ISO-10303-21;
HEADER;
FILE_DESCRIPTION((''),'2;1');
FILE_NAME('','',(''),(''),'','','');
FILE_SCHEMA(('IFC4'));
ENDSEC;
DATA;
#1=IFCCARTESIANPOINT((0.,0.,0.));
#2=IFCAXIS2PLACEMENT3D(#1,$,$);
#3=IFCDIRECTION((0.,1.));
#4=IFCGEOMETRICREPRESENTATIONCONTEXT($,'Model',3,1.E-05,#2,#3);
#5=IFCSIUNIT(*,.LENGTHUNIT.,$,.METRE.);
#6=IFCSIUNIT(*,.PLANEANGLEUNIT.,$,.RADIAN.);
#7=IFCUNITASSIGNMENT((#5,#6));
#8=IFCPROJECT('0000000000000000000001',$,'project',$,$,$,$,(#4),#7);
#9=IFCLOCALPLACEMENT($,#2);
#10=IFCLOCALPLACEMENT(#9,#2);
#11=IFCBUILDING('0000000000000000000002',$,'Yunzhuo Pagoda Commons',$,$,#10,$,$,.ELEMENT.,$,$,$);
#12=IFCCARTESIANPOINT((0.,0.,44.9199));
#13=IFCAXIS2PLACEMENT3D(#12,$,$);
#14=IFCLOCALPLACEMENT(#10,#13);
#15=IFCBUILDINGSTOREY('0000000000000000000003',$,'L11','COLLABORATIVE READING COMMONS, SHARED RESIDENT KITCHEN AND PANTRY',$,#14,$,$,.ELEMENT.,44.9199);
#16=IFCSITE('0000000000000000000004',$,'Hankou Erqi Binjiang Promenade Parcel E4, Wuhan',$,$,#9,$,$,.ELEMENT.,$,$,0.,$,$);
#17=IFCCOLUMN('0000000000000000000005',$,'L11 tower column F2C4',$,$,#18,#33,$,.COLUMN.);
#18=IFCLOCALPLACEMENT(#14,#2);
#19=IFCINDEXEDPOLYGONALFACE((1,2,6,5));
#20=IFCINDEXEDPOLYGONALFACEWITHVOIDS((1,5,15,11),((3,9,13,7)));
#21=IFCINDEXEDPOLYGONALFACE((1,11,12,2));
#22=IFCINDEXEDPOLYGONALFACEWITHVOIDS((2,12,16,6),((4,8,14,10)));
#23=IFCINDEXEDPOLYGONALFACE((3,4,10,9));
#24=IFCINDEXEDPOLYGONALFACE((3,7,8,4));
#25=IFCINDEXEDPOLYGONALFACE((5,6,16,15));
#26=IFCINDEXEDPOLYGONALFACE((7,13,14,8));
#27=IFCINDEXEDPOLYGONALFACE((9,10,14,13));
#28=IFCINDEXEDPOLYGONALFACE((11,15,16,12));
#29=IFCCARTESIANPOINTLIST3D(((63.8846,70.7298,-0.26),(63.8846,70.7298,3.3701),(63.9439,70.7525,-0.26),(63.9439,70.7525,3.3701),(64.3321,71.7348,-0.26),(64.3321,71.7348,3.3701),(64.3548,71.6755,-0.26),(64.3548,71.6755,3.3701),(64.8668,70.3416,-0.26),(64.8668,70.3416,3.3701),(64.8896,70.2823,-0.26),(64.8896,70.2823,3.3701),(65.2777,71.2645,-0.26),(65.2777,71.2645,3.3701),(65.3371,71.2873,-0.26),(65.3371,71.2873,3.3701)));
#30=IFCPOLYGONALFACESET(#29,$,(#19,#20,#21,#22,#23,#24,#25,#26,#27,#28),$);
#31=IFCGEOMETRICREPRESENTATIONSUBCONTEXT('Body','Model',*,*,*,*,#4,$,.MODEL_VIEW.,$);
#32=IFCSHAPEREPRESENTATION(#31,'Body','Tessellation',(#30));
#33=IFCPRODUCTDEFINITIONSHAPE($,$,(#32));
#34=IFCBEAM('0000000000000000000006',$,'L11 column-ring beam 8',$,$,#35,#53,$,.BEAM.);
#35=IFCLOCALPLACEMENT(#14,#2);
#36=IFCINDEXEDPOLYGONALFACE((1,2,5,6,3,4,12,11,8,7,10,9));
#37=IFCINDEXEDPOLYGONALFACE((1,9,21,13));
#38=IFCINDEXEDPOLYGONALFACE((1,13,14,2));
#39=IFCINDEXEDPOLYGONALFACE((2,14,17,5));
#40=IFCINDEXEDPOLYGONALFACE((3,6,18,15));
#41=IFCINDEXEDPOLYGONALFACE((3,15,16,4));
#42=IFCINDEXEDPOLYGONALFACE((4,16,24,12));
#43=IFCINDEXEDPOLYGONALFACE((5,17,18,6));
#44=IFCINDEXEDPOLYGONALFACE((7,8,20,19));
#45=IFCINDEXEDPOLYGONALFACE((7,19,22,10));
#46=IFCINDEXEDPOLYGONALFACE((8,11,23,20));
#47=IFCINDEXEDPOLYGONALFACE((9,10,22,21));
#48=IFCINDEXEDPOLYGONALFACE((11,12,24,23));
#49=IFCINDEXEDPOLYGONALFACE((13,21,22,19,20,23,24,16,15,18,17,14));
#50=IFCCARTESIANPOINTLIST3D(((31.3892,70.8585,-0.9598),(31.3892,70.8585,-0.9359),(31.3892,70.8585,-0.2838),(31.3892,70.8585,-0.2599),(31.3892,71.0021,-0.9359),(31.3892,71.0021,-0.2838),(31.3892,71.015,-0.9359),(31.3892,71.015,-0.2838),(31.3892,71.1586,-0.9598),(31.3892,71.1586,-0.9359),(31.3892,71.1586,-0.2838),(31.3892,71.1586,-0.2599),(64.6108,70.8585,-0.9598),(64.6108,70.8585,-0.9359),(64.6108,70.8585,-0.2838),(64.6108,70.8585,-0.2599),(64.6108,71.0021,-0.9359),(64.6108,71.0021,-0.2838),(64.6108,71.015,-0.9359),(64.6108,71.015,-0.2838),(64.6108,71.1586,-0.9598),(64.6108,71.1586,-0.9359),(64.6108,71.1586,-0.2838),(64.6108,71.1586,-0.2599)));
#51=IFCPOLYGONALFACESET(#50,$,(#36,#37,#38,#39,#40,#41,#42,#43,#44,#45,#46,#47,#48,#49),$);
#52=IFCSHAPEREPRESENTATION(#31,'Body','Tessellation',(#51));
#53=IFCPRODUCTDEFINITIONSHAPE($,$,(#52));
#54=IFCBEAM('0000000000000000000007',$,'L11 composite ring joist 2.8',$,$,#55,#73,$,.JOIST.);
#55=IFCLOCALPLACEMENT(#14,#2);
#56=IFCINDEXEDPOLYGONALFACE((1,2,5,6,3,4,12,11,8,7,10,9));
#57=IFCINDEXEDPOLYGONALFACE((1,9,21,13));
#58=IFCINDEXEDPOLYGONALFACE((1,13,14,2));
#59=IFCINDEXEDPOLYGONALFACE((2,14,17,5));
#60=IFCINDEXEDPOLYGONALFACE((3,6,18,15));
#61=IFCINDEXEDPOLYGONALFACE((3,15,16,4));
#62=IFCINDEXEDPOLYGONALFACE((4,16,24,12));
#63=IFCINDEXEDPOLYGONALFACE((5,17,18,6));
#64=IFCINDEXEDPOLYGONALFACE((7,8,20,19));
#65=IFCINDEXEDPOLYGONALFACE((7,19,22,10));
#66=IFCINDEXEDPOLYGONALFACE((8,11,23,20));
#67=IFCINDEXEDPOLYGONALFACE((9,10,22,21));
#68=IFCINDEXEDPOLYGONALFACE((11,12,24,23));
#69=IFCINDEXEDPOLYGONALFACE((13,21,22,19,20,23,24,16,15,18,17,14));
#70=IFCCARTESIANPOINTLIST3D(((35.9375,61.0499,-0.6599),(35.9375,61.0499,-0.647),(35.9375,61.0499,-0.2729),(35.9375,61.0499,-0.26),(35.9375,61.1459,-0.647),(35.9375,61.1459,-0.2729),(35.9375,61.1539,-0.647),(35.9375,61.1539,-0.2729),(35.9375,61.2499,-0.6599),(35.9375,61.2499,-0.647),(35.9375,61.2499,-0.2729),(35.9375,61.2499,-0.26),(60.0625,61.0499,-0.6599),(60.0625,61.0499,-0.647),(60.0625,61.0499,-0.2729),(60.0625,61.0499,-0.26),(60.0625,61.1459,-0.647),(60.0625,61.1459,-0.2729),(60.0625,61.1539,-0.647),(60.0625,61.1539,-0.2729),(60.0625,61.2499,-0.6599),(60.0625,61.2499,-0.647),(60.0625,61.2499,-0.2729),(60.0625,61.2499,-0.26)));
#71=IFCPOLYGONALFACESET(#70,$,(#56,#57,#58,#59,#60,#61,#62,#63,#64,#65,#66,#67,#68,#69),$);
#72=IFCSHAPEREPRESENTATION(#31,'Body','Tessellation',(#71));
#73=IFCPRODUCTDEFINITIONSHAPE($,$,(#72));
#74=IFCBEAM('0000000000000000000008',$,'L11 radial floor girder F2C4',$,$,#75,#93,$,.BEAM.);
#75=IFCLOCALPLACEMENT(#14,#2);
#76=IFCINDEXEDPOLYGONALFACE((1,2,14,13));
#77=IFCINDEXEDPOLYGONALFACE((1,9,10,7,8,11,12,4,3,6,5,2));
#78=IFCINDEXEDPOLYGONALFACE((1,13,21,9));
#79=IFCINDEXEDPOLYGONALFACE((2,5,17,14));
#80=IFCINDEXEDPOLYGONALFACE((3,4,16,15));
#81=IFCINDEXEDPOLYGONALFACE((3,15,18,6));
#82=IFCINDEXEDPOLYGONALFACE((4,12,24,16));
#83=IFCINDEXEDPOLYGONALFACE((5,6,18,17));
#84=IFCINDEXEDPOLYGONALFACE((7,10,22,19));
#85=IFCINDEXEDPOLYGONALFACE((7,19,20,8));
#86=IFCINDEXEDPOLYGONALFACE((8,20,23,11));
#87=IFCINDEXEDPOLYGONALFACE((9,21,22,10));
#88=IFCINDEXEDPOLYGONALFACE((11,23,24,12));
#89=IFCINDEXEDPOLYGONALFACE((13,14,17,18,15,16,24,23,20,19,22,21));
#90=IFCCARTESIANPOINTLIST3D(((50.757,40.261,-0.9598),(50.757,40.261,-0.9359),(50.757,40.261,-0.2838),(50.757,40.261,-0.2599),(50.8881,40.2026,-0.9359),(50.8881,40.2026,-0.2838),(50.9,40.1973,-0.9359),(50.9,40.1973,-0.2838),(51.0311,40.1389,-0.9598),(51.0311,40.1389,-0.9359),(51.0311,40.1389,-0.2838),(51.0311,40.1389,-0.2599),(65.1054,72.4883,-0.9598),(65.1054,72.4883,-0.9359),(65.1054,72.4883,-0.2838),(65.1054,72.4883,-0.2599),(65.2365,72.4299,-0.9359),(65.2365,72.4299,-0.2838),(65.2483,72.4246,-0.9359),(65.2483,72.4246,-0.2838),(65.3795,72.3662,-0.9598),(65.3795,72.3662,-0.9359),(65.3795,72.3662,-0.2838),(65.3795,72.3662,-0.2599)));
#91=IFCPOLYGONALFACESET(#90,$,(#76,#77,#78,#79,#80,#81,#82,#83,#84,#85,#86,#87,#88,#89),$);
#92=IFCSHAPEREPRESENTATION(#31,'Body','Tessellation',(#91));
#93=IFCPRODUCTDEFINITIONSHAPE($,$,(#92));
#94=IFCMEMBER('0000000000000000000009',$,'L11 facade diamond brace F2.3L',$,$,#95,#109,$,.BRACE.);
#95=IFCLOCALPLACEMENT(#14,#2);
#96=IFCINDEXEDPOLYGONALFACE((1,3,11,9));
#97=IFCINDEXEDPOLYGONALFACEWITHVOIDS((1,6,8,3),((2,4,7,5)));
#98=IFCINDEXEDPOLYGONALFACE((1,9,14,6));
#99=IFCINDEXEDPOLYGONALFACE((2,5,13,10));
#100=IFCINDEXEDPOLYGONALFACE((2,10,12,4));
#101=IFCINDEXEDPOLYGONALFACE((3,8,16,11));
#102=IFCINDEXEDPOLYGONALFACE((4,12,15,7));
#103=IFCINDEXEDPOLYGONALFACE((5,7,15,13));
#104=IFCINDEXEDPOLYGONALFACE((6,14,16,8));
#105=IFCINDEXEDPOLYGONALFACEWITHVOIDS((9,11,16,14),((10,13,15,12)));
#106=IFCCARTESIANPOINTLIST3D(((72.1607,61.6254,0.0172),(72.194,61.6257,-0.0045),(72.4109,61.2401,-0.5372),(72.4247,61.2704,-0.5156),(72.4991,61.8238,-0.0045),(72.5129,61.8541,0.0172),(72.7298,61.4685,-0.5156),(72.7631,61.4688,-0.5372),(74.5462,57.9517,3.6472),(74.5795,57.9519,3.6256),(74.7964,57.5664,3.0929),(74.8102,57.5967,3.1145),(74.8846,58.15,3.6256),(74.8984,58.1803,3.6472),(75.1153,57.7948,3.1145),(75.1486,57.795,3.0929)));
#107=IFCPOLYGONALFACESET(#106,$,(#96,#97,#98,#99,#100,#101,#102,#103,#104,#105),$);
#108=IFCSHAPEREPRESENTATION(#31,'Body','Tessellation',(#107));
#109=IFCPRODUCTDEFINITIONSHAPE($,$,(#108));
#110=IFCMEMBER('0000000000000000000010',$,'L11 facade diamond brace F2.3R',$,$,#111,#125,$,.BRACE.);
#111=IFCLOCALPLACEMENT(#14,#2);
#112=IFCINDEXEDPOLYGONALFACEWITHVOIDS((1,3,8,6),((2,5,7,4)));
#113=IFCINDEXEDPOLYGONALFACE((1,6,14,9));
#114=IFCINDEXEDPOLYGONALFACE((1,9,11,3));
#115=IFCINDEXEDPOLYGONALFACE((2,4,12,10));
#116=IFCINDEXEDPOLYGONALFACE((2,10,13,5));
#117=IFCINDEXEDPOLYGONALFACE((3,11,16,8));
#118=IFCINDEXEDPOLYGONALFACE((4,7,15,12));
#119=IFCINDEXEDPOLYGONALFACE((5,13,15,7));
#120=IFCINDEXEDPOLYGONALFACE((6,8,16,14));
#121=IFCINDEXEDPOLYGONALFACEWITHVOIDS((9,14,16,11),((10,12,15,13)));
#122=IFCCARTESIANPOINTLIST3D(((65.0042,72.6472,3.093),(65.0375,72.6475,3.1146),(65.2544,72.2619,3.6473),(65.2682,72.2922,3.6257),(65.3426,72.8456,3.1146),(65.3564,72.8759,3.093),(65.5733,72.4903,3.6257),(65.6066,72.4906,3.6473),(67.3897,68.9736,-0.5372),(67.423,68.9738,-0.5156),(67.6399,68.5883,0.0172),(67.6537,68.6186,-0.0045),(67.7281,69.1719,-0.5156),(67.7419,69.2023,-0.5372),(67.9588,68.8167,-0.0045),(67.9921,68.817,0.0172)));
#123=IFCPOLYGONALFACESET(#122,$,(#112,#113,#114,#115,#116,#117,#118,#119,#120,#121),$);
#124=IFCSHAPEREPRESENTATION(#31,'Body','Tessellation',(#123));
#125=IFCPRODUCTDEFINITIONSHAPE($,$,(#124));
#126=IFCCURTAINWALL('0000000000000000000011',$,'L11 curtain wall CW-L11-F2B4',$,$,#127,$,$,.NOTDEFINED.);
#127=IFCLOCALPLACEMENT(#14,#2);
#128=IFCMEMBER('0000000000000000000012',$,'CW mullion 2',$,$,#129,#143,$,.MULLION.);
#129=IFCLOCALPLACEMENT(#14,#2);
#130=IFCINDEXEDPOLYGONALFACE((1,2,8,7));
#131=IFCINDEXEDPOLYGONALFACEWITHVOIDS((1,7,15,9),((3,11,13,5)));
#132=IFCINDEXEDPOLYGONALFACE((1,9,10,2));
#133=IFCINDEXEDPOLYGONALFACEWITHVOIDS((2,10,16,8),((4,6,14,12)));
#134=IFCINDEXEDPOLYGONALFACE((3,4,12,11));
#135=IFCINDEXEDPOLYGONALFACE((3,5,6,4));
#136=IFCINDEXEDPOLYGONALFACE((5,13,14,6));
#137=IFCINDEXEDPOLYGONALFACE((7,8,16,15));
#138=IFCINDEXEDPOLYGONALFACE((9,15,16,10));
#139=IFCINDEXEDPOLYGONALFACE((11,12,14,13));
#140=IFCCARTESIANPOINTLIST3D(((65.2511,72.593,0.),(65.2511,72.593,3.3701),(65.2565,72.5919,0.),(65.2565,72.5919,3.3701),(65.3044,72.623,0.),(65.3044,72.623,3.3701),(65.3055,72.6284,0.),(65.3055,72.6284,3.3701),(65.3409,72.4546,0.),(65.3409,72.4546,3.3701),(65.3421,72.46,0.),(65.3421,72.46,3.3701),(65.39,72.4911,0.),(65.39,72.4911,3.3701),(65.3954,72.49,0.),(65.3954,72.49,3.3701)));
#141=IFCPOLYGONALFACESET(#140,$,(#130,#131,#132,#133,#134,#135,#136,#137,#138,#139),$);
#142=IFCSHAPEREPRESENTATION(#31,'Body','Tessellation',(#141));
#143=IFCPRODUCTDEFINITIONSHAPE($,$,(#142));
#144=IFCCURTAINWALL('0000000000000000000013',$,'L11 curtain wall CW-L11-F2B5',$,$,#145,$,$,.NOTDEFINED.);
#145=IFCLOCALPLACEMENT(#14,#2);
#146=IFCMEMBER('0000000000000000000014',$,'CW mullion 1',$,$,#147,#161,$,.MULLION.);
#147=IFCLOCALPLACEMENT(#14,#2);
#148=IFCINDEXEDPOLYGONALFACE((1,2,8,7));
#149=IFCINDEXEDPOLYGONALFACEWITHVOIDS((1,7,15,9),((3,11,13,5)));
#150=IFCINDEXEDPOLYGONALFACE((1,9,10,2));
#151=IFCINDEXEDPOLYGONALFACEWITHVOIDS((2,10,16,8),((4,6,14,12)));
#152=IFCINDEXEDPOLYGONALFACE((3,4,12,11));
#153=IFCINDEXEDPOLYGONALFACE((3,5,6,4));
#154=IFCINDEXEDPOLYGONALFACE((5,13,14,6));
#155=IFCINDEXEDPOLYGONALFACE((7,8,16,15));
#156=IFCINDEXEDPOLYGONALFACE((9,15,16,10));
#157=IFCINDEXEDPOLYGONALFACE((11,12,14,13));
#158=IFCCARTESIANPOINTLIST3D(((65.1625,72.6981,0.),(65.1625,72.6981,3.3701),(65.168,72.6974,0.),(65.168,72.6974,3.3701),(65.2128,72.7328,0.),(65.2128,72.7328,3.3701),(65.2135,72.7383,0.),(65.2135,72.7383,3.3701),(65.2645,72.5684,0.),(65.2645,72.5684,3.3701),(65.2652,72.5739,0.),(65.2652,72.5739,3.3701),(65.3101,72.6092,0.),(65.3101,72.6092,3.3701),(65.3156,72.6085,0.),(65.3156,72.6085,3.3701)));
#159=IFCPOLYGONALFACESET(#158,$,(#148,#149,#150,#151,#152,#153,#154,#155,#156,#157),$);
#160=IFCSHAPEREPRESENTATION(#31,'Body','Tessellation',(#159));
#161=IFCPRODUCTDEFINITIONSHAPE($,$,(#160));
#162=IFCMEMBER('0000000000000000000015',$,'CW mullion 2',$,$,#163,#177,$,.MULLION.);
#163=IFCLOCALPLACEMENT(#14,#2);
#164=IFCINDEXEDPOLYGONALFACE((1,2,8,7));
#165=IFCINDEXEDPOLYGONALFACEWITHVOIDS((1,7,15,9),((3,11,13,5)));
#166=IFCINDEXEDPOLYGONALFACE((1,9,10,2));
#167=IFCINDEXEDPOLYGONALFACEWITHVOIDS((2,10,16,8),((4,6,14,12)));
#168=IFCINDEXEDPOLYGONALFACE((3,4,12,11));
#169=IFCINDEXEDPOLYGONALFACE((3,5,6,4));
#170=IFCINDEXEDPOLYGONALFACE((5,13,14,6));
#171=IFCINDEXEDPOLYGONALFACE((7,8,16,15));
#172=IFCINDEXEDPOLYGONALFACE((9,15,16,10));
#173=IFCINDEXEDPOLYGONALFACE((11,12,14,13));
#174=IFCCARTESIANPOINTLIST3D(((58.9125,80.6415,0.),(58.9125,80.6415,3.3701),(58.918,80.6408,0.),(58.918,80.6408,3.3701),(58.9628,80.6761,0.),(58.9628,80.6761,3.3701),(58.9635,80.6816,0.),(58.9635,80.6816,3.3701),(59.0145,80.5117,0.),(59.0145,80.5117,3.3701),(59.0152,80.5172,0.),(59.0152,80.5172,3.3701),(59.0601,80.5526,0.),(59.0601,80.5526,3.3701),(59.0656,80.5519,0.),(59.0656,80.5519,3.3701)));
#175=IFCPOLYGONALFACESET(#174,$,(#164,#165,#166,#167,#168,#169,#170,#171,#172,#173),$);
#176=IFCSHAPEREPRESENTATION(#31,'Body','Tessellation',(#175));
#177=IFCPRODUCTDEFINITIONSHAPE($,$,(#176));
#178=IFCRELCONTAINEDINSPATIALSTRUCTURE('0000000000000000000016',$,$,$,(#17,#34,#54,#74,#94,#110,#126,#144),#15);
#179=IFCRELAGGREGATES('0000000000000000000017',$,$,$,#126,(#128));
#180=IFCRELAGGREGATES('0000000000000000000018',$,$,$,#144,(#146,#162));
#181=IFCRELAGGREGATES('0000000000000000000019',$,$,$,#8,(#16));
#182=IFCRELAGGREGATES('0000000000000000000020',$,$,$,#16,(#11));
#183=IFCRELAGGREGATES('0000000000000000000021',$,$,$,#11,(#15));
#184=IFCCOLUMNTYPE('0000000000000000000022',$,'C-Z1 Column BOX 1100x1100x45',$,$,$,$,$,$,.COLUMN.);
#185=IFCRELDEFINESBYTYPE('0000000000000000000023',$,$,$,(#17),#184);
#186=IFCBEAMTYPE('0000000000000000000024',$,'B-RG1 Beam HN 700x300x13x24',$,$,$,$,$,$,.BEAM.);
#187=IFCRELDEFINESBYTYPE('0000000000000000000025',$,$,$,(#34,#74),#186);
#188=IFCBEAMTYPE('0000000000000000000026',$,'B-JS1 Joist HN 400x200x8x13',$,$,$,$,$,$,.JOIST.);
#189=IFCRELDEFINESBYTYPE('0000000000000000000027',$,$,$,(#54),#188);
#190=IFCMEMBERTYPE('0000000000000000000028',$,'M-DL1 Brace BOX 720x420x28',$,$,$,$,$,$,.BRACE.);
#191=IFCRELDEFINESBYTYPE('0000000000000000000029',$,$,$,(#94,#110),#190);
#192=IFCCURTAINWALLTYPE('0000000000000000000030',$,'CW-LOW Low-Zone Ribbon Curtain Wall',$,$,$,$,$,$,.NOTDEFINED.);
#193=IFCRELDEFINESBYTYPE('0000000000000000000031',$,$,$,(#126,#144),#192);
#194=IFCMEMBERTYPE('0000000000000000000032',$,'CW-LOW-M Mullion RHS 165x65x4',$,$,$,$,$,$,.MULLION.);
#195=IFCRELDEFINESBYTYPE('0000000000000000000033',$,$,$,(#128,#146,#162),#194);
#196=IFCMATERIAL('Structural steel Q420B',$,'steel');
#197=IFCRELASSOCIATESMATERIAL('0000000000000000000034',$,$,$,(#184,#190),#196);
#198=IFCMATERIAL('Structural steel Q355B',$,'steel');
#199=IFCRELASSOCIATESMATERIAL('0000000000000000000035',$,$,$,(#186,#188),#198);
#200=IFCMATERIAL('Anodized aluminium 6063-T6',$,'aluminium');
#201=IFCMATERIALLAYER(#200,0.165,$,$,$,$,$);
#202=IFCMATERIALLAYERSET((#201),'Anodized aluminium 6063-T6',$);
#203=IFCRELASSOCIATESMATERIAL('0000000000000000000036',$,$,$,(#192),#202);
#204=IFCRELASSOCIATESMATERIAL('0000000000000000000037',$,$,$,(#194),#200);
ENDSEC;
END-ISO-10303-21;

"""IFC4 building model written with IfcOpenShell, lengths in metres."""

from ifc_helpers import new_model, si_unit, direction, frame, origin, origin_2d, place, context, subcontext, project, spatial, hollow_rectangle, i_section, extrude, source, transform, mapped, material, layer, layer_set, material_profile, profile_set, type_object, element, aggregate, save


model = new_model("IFC4")

# Units and contexts
model_context = context("Model", 3, precision=1e-05, world=origin(), true_north=direction((0.0, 1.0)))
body_context = subcontext(model_context, "Body", "Model", "MODEL_VIEW")
ifc_project = project(units=[si_unit("LENGTHUNIT", "METRE"), si_unit("PLANEANGLEUNIT", "RADIAN")], contexts=[model_context])

# Site, building, storey
site_placement = place(None, origin())
site = spatial("IfcSite", under=ifc_project, at=site_placement, Name="Hankou Erqi Binjiang Promenade Parcel E4, Wuhan", CompositionType="ELEMENT", RefElevation=0.0)
building_placement = place(site_placement, origin())
building = spatial("IfcBuilding", under=site, at=building_placement, Name="Yunzhuo Pagoda Commons", CompositionType="ELEMENT")
storey_placement = place(building_placement, frame((0.0, 0.0, 44.9199)))
storey = spatial("IfcBuildingStorey", under=building, at=storey_placement, Name="L11", Description="COLLABORATIVE READING COMMONS, SHARED RESIDENT KITCHEN AND PANTRY", CompositionType="ELEMENT", Elevation=44.9199)

# Column
ifc_material_1 = material(Name="Structural steel Q420B", Category="steel")
ifc_material_profile_1 = material_profile(ifc_material_1, hollow_rectangle(XDim=1.1001, YDim=1.1001, WallThickness=0.0449, at=origin_2d()), Name="Structural steel Q420B")
ifc_profile_set_1 = profile_set([ifc_material_profile_1], Name="Structural steel Q420B")
column_type = type_object("IfcColumnType", Name="C-Z1 Column BOX 1100x1100x45", PredefinedType="COLUMN", material=ifc_profile_set_1)
shared_shape_1 = source(origin(), body_context, "Body", "SweptSolid", [
    extrude(hollow_rectangle(XDim=1.1001, YDim=1.1001, WallThickness=0.0449, at=origin_2d()), origin(), (0.0, 0.0, 1.0), 3.6301),
])
column_placement = place(storey_placement, frame((64.6108, 71.0085, -0.26), z_axis=(0.0, 0.0, 1.0), x_axis=(-0.913545, 0.406737, 0.0)))
element("IfcColumn", 1, at=column_placement, inside=storey, type_object=column_type, Name="L11 tower column F2C4", PredefinedType="COLUMN", context=body_context, shape_type="MappedRepresentation", body=[
    mapped(shared_shape_1, transform((0.0, 0.0, 0.0), scale=1.0)),
])

# Beams
ifc_material_2 = material(Name="Structural steel Q355B", Category="steel")
ifc_material_profile_2 = material_profile(ifc_material_2, i_section(OverallWidth=0.3, OverallDepth=0.7, WebThickness=0.0129, FlangeThickness=0.0239, at=origin_2d()), Name="Structural steel Q355B")
ifc_profile_set_2 = profile_set([ifc_material_profile_2], Name="Structural steel Q355B")
beam_type_1 = type_object("IfcBeamType", Name="B-RG1 Beam HN 700x300x13x24", PredefinedType="BEAM", material=ifc_profile_set_2)
shared_shape_2 = source(origin(), body_context, "Body", "SweptSolid", [
    extrude(i_section(OverallWidth=0.3, OverallDepth=0.7, WebThickness=0.0129, FlangeThickness=0.0239, at=origin_2d()), origin(), (0.0, 0.0, 1.0), 33.2217),
])
beam_1_placement = place(storey_placement, frame((64.6108, 71.0085, -0.6099), z_axis=(-1.0, 0.0, 0.0), x_axis=(0.0, -1.0, 0.0)))
element("IfcBeam", 2, at=beam_1_placement, inside=storey, type_object=beam_type_1, Name="L11 column-ring beam 8", PredefinedType="BEAM", context=body_context, shape_type="MappedRepresentation", body=[
    mapped(shared_shape_2, transform((0.0, 0.0, 0.0), scale=1.0)),
])
ifc_material_profile_3 = material_profile(ifc_material_2, i_section(OverallWidth=0.2, OverallDepth=0.3999, WebThickness=0.0081, FlangeThickness=0.0129, at=origin_2d()), Name="Structural steel Q355B")
ifc_profile_set_3 = profile_set([ifc_material_profile_3], Name="Structural steel Q355B")
beam_type_2 = type_object("IfcBeamType", Name="B-JS1 Joist HN 400x200x8x13", PredefinedType="JOIST", material=ifc_profile_set_3)
shared_shape_3 = source(origin(), body_context, "Body", "SweptSolid", [
    extrude(i_section(OverallWidth=0.2, OverallDepth=0.3999, WebThickness=0.0081, FlangeThickness=0.0129, at=origin_2d()), origin(), (0.0, 0.0, 1.0), 24.125),
])
beam_2_placement = place(storey_placement, frame((60.0625, 61.1499, -0.46), z_axis=(-1.0, 0.0, 0.0), x_axis=(0.0, -1.0, 0.0)))
element("IfcBeam", 3, at=beam_2_placement, inside=storey, type_object=beam_type_2, Name="L11 composite ring joist 2.8", PredefinedType="JOIST", context=body_context, shape_type="MappedRepresentation", body=[
    mapped(shared_shape_3, transform((0.0, 0.0, 0.0), scale=1.0)),
])
shared_shape_4 = source(origin(), body_context, "Body", "SweptSolid", [
    extrude(i_section(OverallWidth=0.3, OverallDepth=0.7, WebThickness=0.0129, FlangeThickness=0.0239, at=origin_2d()), origin(), (0.0, 0.0, 1.0), 35.2771),
])
beam_3_placement = place(storey_placement, frame((65.2424, 72.4272, -0.6099), z_axis=(-0.406734, -0.913547, 0.0), x_axis=(0.913547, -0.406734, 0.0)))
element("IfcBeam", 4, at=beam_3_placement, inside=storey, type_object=beam_type_1, Name="L11 radial floor girder F2C4", PredefinedType="BEAM", context=body_context, shape_type="MappedRepresentation", body=[
    mapped(shared_shape_4, transform((0.0, 0.0, 0.0), scale=1.0)),
])

# Members
ifc_material_profile_4 = material_profile(ifc_material_1, hollow_rectangle(XDim=0.4199, YDim=0.72, WallThickness=0.0281, at=origin_2d()), Name="Structural steel Q420B")
ifc_profile_set_4 = profile_set([ifc_material_profile_4], Name="Structural steel Q420B")
member_type_1 = type_object("IfcMemberType", Name="M-DL1 Brace BOX 720x420x28", PredefinedType="BRACE", material=ifc_profile_set_4)
shared_shape_5 = source(origin(), body_context, "Body", "SweptSolid", [
    extrude(hollow_rectangle(XDim=0.4199, YDim=0.72, WallThickness=0.0281, at=origin_2d()), origin(), (0.0, 0.0, 1.0), 5.689),
])
for number, where, z_axis, x_axis, name in (
    (5, (72.4619, 61.5471, -0.26), (0.419313, -0.64577, 0.638089), (0.838703, 0.544589, 0.0), "L11 facade diamond brace F2.3L"),
    (6, (67.6909, 68.8953, -0.26), (-0.419325, 0.645745, 0.638106), (-0.838687, -0.544614, 0.0), "L11 facade diamond brace F2.3R"),
):
    element("IfcMember", number, at=place(storey_placement, frame(where, z_axis=z_axis, x_axis=x_axis)), inside=storey, type_object=member_type_1, Name=name, PredefinedType="BRACE", context=body_context, shape_type="MappedRepresentation", body=[
        mapped(shared_shape_5, transform((0.0, 0.0, 0.0), scale=1.0)),
    ])

# Curtain wall, member
ifc_material_3 = material(Name="Anodized aluminium 6063-T6", Category="aluminium")
ifc_layer_1 = layer(ifc_material_3, 0.165)
ifc_layer_set_1 = layer_set([ifc_layer_1], Name="Anodized aluminium 6063-T6")
curtain_wall_type = type_object("IfcCurtainWallType", Name="CW-LOW Low-Zone Ribbon Curtain Wall", PredefinedType="NOTDEFINED", material=ifc_layer_set_1)
curtain_wall_1_placement = place(storey_placement, origin())
curtain_wall_1 = element("IfcCurtainWall", 7, at=curtain_wall_1_placement, inside=storey, type_object=curtain_wall_type, Name="L11 curtain wall CW-L11-F2B4", PredefinedType="NOTDEFINED")
ifc_material_profile_5 = material_profile(ifc_material_3, hollow_rectangle(XDim=0.0649, YDim=0.165, WallThickness=0.0039, at=origin_2d()), Name="Anodized aluminium 6063-T6")
ifc_profile_set_5 = profile_set([ifc_material_profile_5], Name="Anodized aluminium 6063-T6")
member_type_2 = type_object("IfcMemberType", Name="CW-LOW-M Mullion RHS 165x65x4", PredefinedType="MULLION", material=ifc_profile_set_5)
shared_shape_6 = source(origin(), body_context, "Body", "SweptSolid", [
    extrude(hollow_rectangle(XDim=0.0649, YDim=0.165, WallThickness=0.0039, at=origin_2d()), origin(), (0.0, 0.0, 1.0), 3.3701),
])
member_1_placement = place(storey_placement, frame((65.3232, 72.5415, 0.0), z_axis=(0.0, 0.0, 1.0), x_axis=(-0.83871, -0.544579, 0.0)))
member_1 = element("IfcMember", 8, at=member_1_placement, type_object=member_type_2, Name="CW mullion 2", PredefinedType="MULLION", context=body_context, shape_type="MappedRepresentation", body=[
    mapped(shared_shape_6, transform((0.0, 0.0, 0.0), scale=1.0)),
])

# Curtain wall, members
curtain_wall_2_placement = place(storey_placement, origin())
curtain_wall_2 = element("IfcCurtainWall", 9, at=curtain_wall_2_placement, inside=storey, type_object=curtain_wall_type, Name="L11 curtain wall CW-L11-F2B5", PredefinedType="NOTDEFINED")
member_2_placement = place(storey_placement, frame((65.239, 72.6533, 0.0), z_axis=(0.0, 0.0, 1.0), x_axis=(-0.785883, -0.618375, 0.0)))
member_2 = element("IfcMember", 10, at=member_2_placement, type_object=member_type_2, Name="CW mullion 1", PredefinedType="MULLION", context=body_context, shape_type="MappedRepresentation", body=[
    mapped(shared_shape_6, transform((0.0, 0.0, 0.0), scale=1.0)),
])
member_3_placement = place(storey_placement, frame((58.989, 80.5967, 0.0), z_axis=(0.0, 0.0, 1.0), x_axis=(-0.785883, -0.618375, 0.0)))
member_3 = element("IfcMember", 11, at=member_3_placement, type_object=member_type_2, Name="CW mullion 2", PredefinedType="MULLION", context=body_context, shape_type="MappedRepresentation", body=[
    mapped(shared_shape_6, transform((0.0, 0.0, 0.0), scale=1.0)),
])

aggregate(curtain_wall_1, [member_1])
aggregate(curtain_wall_2, [member_2, member_3])

save(model, "model.ifc")
